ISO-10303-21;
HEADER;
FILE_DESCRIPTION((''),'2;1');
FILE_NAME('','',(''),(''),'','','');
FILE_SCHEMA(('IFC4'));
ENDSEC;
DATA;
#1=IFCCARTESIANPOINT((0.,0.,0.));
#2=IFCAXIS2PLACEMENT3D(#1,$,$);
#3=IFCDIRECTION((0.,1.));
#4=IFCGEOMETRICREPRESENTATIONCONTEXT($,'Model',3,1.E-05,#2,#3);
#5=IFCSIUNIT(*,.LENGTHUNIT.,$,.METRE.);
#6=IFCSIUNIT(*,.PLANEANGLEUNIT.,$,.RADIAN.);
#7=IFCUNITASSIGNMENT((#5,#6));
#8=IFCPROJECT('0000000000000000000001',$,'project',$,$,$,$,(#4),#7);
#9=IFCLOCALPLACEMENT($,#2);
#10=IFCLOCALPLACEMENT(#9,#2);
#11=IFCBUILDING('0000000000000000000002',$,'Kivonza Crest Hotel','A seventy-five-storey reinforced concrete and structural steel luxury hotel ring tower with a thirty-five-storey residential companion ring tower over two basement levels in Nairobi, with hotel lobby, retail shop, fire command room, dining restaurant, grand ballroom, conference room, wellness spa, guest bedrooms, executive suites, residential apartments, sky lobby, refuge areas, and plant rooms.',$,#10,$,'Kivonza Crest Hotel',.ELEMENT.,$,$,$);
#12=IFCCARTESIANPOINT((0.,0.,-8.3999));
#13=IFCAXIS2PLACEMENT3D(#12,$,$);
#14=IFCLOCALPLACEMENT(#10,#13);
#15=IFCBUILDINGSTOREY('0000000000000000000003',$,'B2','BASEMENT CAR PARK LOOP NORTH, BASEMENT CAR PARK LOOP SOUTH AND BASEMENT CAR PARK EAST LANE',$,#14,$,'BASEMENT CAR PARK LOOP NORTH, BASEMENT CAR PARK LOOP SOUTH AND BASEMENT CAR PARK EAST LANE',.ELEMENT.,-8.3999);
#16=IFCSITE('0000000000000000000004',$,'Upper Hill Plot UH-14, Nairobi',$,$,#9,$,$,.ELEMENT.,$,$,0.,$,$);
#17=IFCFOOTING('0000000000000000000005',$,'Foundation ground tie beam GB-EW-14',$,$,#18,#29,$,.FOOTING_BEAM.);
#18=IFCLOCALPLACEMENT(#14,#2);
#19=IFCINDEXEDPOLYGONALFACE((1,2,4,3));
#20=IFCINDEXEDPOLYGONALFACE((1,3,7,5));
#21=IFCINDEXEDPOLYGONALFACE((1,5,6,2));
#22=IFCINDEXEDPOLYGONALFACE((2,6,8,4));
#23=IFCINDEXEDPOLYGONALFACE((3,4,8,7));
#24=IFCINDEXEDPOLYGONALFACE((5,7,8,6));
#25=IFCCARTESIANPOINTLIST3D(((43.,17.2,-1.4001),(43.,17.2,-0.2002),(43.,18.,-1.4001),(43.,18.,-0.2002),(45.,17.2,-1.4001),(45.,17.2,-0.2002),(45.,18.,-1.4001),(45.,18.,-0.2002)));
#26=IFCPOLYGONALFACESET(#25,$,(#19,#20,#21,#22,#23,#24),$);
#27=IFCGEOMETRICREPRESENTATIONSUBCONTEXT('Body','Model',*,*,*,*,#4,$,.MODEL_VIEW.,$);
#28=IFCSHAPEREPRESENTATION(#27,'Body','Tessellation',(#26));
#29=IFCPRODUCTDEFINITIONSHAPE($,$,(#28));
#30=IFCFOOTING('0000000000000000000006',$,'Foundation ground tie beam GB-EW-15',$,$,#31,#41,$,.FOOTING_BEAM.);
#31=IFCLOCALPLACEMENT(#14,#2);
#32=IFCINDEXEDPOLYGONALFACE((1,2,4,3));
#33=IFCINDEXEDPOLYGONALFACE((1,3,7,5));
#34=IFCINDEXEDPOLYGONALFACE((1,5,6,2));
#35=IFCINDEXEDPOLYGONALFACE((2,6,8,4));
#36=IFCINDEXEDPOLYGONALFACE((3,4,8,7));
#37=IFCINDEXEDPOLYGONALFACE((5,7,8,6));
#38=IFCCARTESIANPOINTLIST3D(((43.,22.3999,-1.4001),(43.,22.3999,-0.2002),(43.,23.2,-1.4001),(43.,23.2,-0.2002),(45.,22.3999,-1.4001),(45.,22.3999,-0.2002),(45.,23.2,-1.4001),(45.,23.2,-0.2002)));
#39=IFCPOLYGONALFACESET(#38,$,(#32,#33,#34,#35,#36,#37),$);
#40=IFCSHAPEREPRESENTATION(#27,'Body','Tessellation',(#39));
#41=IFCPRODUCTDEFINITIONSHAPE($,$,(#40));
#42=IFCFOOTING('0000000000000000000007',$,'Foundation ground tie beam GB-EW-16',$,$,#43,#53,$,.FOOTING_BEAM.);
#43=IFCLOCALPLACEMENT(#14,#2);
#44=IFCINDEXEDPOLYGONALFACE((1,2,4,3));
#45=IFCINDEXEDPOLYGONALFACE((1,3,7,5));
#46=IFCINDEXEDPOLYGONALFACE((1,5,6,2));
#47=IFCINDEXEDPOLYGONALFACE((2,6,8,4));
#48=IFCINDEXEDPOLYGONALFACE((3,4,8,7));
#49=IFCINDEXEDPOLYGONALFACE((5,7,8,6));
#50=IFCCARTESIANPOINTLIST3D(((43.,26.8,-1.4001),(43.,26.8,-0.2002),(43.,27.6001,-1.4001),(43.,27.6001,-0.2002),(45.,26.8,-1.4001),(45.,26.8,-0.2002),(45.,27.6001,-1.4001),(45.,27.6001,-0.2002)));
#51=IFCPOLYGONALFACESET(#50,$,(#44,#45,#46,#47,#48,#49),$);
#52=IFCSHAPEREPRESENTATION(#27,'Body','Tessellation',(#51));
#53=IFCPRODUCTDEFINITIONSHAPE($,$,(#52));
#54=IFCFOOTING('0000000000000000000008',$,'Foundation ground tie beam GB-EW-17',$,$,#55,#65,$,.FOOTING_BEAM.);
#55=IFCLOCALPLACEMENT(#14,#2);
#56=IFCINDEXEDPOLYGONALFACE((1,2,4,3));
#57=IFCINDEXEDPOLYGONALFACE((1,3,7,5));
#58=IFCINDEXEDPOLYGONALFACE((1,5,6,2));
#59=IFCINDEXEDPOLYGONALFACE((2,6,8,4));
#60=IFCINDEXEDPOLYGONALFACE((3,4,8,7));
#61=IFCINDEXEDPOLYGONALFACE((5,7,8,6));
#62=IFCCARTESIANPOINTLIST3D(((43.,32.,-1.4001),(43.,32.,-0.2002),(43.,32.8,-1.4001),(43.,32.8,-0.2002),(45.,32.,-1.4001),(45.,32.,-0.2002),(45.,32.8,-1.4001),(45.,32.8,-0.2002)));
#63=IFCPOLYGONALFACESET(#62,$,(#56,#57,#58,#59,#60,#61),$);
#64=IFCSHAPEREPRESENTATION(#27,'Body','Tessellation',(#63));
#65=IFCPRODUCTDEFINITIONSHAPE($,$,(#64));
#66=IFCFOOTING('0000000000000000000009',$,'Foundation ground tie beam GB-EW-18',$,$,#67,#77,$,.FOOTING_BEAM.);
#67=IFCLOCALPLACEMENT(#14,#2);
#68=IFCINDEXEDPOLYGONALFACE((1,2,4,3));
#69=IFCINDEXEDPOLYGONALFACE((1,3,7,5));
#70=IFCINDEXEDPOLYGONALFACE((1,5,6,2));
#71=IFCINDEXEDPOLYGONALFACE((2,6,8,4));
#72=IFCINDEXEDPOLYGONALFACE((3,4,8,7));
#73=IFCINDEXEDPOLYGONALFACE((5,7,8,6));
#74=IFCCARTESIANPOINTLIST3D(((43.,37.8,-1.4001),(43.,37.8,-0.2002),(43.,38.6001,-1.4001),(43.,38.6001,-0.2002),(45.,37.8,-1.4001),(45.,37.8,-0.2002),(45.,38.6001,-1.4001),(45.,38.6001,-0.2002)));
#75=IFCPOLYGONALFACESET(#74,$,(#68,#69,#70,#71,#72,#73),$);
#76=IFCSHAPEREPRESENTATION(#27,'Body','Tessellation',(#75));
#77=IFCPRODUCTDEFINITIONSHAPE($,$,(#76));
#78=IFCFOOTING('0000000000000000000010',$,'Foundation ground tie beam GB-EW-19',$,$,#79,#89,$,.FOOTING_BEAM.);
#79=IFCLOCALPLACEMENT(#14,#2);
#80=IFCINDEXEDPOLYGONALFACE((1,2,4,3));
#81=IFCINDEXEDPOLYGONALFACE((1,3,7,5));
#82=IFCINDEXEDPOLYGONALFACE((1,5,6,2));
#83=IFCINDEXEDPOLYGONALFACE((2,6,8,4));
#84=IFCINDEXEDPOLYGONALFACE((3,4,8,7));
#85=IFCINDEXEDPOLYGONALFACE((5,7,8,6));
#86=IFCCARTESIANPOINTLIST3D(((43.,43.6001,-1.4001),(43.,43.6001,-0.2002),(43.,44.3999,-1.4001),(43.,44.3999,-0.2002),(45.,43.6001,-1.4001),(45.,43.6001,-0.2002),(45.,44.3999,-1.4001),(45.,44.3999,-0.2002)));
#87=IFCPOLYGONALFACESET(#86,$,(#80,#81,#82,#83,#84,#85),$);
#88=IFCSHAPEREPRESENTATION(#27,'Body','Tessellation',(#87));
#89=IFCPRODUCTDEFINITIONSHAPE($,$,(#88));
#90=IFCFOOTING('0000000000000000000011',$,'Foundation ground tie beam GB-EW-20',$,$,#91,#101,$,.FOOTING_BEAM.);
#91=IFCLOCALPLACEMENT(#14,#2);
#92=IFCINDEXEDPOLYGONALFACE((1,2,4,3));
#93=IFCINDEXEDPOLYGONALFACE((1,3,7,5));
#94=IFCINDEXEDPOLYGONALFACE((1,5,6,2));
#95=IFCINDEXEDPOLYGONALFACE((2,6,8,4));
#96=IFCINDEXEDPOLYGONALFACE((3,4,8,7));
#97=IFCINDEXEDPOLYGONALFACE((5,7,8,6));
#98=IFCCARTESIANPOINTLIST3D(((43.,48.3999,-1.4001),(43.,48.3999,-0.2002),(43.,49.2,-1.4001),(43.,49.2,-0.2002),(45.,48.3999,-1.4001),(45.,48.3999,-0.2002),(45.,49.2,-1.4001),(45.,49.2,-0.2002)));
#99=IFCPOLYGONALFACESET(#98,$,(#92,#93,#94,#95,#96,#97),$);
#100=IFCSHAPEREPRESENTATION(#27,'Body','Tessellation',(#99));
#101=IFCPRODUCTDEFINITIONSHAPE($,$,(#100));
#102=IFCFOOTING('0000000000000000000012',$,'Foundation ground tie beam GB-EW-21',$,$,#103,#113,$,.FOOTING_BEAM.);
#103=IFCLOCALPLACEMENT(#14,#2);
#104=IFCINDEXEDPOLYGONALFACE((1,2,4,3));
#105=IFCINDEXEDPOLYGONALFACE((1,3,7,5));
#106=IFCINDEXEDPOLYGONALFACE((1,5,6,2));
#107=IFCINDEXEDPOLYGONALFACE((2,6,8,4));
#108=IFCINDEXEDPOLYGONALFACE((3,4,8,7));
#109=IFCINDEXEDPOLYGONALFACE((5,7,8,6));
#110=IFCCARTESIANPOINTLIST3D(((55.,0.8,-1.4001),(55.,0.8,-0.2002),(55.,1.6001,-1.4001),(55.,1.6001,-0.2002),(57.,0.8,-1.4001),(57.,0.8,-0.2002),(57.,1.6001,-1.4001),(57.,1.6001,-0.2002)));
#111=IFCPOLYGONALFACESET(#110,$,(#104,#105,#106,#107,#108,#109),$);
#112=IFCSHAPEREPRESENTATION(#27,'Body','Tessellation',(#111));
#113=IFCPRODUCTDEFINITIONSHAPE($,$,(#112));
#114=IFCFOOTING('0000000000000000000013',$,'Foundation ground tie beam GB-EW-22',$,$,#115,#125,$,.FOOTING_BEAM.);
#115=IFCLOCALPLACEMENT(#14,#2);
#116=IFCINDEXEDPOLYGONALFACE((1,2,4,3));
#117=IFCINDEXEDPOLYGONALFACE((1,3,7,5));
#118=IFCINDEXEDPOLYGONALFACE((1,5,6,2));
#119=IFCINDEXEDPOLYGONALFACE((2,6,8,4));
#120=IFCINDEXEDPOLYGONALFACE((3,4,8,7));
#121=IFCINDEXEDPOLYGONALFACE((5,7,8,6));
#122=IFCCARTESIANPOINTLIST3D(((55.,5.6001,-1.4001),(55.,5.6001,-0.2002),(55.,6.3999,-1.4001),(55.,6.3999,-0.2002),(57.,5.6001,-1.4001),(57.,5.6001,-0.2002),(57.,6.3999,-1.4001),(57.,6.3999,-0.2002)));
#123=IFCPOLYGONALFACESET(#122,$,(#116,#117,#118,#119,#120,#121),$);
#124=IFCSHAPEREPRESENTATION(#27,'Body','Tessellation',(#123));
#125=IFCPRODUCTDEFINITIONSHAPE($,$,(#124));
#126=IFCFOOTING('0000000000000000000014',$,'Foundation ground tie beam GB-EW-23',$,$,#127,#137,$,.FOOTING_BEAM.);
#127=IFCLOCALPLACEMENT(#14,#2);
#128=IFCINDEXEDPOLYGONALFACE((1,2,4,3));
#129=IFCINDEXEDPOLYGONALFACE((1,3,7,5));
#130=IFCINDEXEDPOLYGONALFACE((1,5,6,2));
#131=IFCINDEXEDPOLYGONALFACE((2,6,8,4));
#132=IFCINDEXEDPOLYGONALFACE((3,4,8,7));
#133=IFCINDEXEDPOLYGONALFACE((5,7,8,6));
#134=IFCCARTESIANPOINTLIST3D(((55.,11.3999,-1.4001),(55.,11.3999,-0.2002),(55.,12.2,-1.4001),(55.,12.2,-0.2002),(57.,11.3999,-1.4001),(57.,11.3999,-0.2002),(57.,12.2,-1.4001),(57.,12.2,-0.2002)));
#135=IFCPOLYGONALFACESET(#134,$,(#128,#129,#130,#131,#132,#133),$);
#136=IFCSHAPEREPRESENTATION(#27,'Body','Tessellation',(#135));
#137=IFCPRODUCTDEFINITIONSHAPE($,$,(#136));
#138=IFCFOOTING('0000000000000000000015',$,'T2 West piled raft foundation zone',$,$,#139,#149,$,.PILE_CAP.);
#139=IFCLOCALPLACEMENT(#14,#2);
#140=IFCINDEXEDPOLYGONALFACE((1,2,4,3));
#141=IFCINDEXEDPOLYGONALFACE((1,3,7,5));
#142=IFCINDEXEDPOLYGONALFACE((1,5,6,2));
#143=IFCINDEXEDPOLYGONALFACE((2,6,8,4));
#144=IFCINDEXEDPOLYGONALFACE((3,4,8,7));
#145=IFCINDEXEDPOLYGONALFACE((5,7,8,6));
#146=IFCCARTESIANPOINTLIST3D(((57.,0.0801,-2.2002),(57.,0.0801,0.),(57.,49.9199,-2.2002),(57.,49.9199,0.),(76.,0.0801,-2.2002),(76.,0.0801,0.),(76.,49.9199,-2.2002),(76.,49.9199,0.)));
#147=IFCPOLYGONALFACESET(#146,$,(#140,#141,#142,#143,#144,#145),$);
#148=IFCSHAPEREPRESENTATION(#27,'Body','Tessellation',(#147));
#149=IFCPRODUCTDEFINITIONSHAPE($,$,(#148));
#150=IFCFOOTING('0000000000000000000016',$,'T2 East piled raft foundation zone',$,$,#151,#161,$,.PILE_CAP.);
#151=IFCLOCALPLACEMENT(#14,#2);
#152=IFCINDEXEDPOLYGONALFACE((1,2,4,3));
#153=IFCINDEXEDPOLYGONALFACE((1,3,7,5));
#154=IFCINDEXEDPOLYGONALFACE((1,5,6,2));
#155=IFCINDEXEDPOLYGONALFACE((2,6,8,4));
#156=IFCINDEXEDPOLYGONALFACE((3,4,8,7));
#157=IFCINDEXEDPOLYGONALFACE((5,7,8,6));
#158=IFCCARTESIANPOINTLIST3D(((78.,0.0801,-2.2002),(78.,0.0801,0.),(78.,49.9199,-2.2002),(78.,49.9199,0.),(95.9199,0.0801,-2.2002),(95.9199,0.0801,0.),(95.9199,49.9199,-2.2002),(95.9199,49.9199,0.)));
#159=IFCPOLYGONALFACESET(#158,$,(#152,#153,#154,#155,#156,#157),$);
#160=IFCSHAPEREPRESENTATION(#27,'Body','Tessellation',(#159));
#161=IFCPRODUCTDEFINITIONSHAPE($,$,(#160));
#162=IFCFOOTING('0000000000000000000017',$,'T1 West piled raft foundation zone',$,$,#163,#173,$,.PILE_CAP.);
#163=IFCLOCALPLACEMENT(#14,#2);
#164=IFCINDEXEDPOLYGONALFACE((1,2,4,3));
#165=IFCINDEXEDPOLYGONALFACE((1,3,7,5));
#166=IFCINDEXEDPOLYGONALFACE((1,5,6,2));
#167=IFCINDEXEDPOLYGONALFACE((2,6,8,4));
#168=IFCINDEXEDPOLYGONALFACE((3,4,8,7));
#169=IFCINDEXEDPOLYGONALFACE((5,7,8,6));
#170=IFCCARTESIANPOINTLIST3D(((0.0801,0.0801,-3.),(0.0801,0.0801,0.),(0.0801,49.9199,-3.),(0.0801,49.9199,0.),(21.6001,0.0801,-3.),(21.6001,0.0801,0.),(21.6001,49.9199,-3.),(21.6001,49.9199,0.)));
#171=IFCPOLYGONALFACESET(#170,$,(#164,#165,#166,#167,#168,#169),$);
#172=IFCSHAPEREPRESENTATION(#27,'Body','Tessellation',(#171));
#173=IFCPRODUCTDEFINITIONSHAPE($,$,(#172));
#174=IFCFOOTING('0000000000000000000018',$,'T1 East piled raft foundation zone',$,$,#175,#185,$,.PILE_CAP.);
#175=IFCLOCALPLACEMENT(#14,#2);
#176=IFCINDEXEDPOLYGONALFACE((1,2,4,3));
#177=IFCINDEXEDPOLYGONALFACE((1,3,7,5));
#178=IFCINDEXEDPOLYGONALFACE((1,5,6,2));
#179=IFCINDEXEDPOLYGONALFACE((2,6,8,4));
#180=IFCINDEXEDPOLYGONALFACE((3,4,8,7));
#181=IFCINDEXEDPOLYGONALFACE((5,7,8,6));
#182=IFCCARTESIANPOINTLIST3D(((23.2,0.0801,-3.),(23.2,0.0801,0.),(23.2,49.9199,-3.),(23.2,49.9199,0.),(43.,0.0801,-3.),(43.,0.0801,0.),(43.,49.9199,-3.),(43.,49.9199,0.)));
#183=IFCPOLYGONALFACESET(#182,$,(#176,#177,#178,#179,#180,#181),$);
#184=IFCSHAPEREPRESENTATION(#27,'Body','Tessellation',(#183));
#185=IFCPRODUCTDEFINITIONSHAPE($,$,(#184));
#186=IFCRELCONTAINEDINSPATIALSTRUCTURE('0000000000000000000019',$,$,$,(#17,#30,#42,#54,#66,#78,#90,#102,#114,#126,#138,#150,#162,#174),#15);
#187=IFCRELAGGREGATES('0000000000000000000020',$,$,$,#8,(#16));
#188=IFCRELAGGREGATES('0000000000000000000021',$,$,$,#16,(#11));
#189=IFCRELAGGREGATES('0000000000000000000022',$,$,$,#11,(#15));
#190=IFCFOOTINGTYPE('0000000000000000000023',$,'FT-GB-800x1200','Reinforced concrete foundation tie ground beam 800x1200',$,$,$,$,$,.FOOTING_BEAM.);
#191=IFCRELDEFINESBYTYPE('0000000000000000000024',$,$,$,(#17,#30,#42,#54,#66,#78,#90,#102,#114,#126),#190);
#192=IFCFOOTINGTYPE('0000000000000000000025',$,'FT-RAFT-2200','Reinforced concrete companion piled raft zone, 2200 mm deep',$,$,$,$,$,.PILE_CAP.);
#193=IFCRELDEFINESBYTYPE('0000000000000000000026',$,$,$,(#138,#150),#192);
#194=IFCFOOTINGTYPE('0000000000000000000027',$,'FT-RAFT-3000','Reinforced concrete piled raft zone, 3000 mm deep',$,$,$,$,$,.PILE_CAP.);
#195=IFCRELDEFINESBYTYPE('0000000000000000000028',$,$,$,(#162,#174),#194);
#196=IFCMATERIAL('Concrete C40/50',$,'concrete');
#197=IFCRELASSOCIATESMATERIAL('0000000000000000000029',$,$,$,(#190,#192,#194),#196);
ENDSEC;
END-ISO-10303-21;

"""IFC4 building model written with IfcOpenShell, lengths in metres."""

from ifc_helpers import new_model, si_unit, direction, frame, origin, place, context, subcontext, project, spatial, polyline, outline, extrude, material, type_object, element, save


model = new_model("IFC4")

# Units and contexts
model_context = context("Model", 3, precision=1e-05, world=origin(), true_north=direction((0.0, 1.0)))
body_context = subcontext(model_context, "Body", "Model", "MODEL_VIEW")
ifc_project = project(units=[si_unit("LENGTHUNIT", "METRE"), si_unit("PLANEANGLEUNIT", "RADIAN")], contexts=[model_context])

# Site, building, storey
site_placement = place(None, origin())
site = spatial("IfcSite", under=ifc_project, at=site_placement, Name="Upper Hill Plot UH-14, Nairobi", CompositionType="ELEMENT", RefElevation=0.0)
building_placement = place(site_placement, origin())
building = spatial("IfcBuilding", under=site, at=building_placement, Name="Kivonza Crest Hotel", Description="A seventy-five-storey reinforced concrete and structural steel luxury hotel ring tower with a thirty-five-storey residential companion ring tower over two basement levels in Nairobi, with hotel lobby, retail shop, fire command room, dining restaurant, grand ballroom, conference room, wellness spa, guest bedrooms, executive suites, residential apartments, sky lobby, refuge areas, and plant rooms.", LongName="Kivonza Crest Hotel", CompositionType="ELEMENT")
storey_placement = place(building_placement, frame((0.0, 0.0, -8.3999)))
storey = spatial("IfcBuildingStorey", under=building, at=storey_placement, Name="B2", Description="BASEMENT CAR PARK LOOP NORTH, BASEMENT CAR PARK LOOP SOUTH AND BASEMENT CAR PARK EAST LANE", LongName="BASEMENT CAR PARK LOOP NORTH, BASEMENT CAR PARK LOOP SOUTH AND BASEMENT CAR PARK EAST LANE", CompositionType="ELEMENT", Elevation=-8.3999)

# Footings
ifc_material = material(Name="Concrete C40/50", Category="concrete")
footing_type_1 = type_object("IfcFootingType", Name="FT-GB-800x1200", Description="Reinforced concrete foundation tie ground beam 800x1200", PredefinedType="FOOTING_BEAM", material=ifc_material)
footing_1_placement = place(storey_placement, frame((0.0, 0.0, -1.4001)))
element("IfcFooting", 1, at=footing_1_placement, inside=storey, type_object=footing_type_1, Name="Foundation ground tie beam GB-EW-14", PredefinedType="FOOTING_BEAM", context=body_context, shape_type="SweptSolid", body=[
    extrude(outline(polyline([(43.0, 17.2), (45.0, 17.2), (45.0, 18.0), (43.0, 18.0), (43.0, 17.2)])), origin(), (0.0, 0.0, 1.0), 1.2),
])
footing_2_placement = place(storey_placement, frame((0.0, 0.0, -1.4001)))
element("IfcFooting", 2, at=footing_2_placement, inside=storey, type_object=footing_type_1, Name="Foundation ground tie beam GB-EW-15", PredefinedType="FOOTING_BEAM", context=body_context, shape_type="SweptSolid", body=[
    extrude(outline(polyline([(43.0, 22.3999), (45.0, 22.3999), (45.0, 23.2), (43.0, 23.2), (43.0, 22.3999)])), origin(), (0.0, 0.0, 1.0), 1.2),
])
footing_3_placement = place(storey_placement, frame((0.0, 0.0, -1.4001)))
element("IfcFooting", 3, at=footing_3_placement, inside=storey, type_object=footing_type_1, Name="Foundation ground tie beam GB-EW-16", PredefinedType="FOOTING_BEAM", context=body_context, shape_type="SweptSolid", body=[
    extrude(outline(polyline([(43.0, 26.8), (45.0, 26.8), (45.0, 27.6001), (43.0, 27.6001), (43.0, 26.8)])), origin(), (0.0, 0.0, 1.0), 1.2),
])
footing_4_placement = place(storey_placement, frame((0.0, 0.0, -1.4001)))
element("IfcFooting", 4, at=footing_4_placement, inside=storey, type_object=footing_type_1, Name="Foundation ground tie beam GB-EW-17", PredefinedType="FOOTING_BEAM", context=body_context, shape_type="SweptSolid", body=[
    extrude(outline(polyline([(43.0, 32.0), (45.0, 32.0), (45.0, 32.8), (43.0, 32.8), (43.0, 32.0)])), origin(), (0.0, 0.0, 1.0), 1.2),
])
footing_5_placement = place(storey_placement, frame((0.0, 0.0, -1.4001)))
element("IfcFooting", 5, at=footing_5_placement, inside=storey, type_object=footing_type_1, Name="Foundation ground tie beam GB-EW-18", PredefinedType="FOOTING_BEAM", context=body_context, shape_type="SweptSolid", body=[
    extrude(outline(polyline([(43.0, 37.8), (45.0, 37.8), (45.0, 38.6001), (43.0, 38.6001), (43.0, 37.8)])), origin(), (0.0, 0.0, 1.0), 1.2),
])
footing_6_placement = place(storey_placement, frame((0.0, 0.0, -1.4001)))
element("IfcFooting", 6, at=footing_6_placement, inside=storey, type_object=footing_type_1, Name="Foundation ground tie beam GB-EW-19", PredefinedType="FOOTING_BEAM", context=body_context, shape_type="SweptSolid", body=[
    extrude(outline(polyline([(43.0, 43.6001), (45.0, 43.6001), (45.0, 44.3999), (43.0, 44.3999), (43.0, 43.6001)])), origin(), (0.0, 0.0, 1.0), 1.2),
])
footing_7_placement = place(storey_placement, frame((0.0, 0.0, -1.4001)))
element("IfcFooting", 7, at=footing_7_placement, inside=storey, type_object=footing_type_1, Name="Foundation ground tie beam GB-EW-20", PredefinedType="FOOTING_BEAM", context=body_context, shape_type="SweptSolid", body=[
    extrude(outline(polyline([(43.0, 48.3999), (45.0, 48.3999), (45.0, 49.2), (43.0, 49.2), (43.0, 48.3999)])), origin(), (0.0, 0.0, 1.0), 1.2),
])
footing_8_placement = place(storey_placement, frame((0.0, 0.0, -1.4001)))
element("IfcFooting", 8, at=footing_8_placement, inside=storey, type_object=footing_type_1, Name="Foundation ground tie beam GB-EW-21", PredefinedType="FOOTING_BEAM", context=body_context, shape_type="SweptSolid", body=[
    extrude(outline(polyline([(55.0, 0.8), (57.0, 0.8), (57.0, 1.6001), (55.0, 1.6001), (55.0, 0.8)])), origin(), (0.0, 0.0, 1.0), 1.2),
])
footing_9_placement = place(storey_placement, frame((0.0, 0.0, -1.4001)))
element("IfcFooting", 9, at=footing_9_placement, inside=storey, type_object=footing_type_1, Name="Foundation ground tie beam GB-EW-22", PredefinedType="FOOTING_BEAM", context=body_context, shape_type="SweptSolid", body=[
    extrude(outline(polyline([(55.0, 5.6001), (57.0, 5.6001), (57.0, 6.3999), (55.0, 6.3999), (55.0, 5.6001)])), origin(), (0.0, 0.0, 1.0), 1.2),
])
footing_10_placement = place(storey_placement, frame((0.0, 0.0, -1.4001)))
element("IfcFooting", 10, at=footing_10_placement, inside=storey, type_object=footing_type_1, Name="Foundation ground tie beam GB-EW-23", PredefinedType="FOOTING_BEAM", context=body_context, shape_type="SweptSolid", body=[
    extrude(outline(polyline([(55.0, 11.3999), (57.0, 11.3999), (57.0, 12.2), (55.0, 12.2), (55.0, 11.3999)])), origin(), (0.0, 0.0, 1.0), 1.2),
])
footing_type_2 = type_object("IfcFootingType", Name="FT-RAFT-2200", Description="Reinforced concrete companion piled raft zone, 2200 mm deep", PredefinedType="PILE_CAP", material=ifc_material)
footing_11_placement = place(storey_placement, frame((0.0, 0.0, -2.2002)))
element("IfcFooting", 11, at=footing_11_placement, inside=storey, type_object=footing_type_2, Name="T2 West piled raft foundation zone", PredefinedType="PILE_CAP", context=body_context, shape_type="SweptSolid", body=[
    extrude(outline(polyline([(57.0, 0.0801), (76.0, 0.0801), (76.0, 49.9199), (57.0, 49.9199), (57.0, 0.0801)])), origin(), (0.0, 0.0, 1.0), 2.2002),
])
footing_12_placement = place(storey_placement, frame((0.0, 0.0, -2.2002)))
element("IfcFooting", 12, at=footing_12_placement, inside=storey, type_object=footing_type_2, Name="T2 East piled raft foundation zone", PredefinedType="PILE_CAP", context=body_context, shape_type="SweptSolid", body=[
    extrude(outline(polyline([(78.0, 0.0801), (95.9199, 0.0801), (95.9199, 49.9199), (78.0, 49.9199), (78.0, 0.0801)])), origin(), (0.0, 0.0, 1.0), 2.2002),
])
footing_type_3 = type_object("IfcFootingType", Name="FT-RAFT-3000", Description="Reinforced concrete piled raft zone, 3000 mm deep", PredefinedType="PILE_CAP", material=ifc_material)
footing_13_placement = place(storey_placement, frame((0.0, 0.0, -3.0)))
element("IfcFooting", 13, at=footing_13_placement, inside=storey, type_object=footing_type_3, Name="T1 West piled raft foundation zone", PredefinedType="PILE_CAP", context=body_context, shape_type="SweptSolid", body=[
    extrude(outline(polyline([(0.0801, 0.0801), (21.6001, 0.0801), (21.6001, 49.9199), (0.0801, 49.9199), (0.0801, 0.0801)])), origin(), (0.0, 0.0, 1.0), 3.0),
])
footing_14_placement = place(storey_placement, frame((0.0, 0.0, -3.0)))
element("IfcFooting", 14, at=footing_14_placement, inside=storey, type_object=footing_type_3, Name="T1 East piled raft foundation zone", PredefinedType="PILE_CAP", context=body_context, shape_type="SweptSolid", body=[
    extrude(outline(polyline([(23.2, 0.0801), (43.0, 0.0801), (43.0, 49.9199), (23.2, 49.9199), (23.2, 0.0801)])), origin(), (0.0, 0.0, 1.0), 3.0),
])

save(model, "model.ifc")
